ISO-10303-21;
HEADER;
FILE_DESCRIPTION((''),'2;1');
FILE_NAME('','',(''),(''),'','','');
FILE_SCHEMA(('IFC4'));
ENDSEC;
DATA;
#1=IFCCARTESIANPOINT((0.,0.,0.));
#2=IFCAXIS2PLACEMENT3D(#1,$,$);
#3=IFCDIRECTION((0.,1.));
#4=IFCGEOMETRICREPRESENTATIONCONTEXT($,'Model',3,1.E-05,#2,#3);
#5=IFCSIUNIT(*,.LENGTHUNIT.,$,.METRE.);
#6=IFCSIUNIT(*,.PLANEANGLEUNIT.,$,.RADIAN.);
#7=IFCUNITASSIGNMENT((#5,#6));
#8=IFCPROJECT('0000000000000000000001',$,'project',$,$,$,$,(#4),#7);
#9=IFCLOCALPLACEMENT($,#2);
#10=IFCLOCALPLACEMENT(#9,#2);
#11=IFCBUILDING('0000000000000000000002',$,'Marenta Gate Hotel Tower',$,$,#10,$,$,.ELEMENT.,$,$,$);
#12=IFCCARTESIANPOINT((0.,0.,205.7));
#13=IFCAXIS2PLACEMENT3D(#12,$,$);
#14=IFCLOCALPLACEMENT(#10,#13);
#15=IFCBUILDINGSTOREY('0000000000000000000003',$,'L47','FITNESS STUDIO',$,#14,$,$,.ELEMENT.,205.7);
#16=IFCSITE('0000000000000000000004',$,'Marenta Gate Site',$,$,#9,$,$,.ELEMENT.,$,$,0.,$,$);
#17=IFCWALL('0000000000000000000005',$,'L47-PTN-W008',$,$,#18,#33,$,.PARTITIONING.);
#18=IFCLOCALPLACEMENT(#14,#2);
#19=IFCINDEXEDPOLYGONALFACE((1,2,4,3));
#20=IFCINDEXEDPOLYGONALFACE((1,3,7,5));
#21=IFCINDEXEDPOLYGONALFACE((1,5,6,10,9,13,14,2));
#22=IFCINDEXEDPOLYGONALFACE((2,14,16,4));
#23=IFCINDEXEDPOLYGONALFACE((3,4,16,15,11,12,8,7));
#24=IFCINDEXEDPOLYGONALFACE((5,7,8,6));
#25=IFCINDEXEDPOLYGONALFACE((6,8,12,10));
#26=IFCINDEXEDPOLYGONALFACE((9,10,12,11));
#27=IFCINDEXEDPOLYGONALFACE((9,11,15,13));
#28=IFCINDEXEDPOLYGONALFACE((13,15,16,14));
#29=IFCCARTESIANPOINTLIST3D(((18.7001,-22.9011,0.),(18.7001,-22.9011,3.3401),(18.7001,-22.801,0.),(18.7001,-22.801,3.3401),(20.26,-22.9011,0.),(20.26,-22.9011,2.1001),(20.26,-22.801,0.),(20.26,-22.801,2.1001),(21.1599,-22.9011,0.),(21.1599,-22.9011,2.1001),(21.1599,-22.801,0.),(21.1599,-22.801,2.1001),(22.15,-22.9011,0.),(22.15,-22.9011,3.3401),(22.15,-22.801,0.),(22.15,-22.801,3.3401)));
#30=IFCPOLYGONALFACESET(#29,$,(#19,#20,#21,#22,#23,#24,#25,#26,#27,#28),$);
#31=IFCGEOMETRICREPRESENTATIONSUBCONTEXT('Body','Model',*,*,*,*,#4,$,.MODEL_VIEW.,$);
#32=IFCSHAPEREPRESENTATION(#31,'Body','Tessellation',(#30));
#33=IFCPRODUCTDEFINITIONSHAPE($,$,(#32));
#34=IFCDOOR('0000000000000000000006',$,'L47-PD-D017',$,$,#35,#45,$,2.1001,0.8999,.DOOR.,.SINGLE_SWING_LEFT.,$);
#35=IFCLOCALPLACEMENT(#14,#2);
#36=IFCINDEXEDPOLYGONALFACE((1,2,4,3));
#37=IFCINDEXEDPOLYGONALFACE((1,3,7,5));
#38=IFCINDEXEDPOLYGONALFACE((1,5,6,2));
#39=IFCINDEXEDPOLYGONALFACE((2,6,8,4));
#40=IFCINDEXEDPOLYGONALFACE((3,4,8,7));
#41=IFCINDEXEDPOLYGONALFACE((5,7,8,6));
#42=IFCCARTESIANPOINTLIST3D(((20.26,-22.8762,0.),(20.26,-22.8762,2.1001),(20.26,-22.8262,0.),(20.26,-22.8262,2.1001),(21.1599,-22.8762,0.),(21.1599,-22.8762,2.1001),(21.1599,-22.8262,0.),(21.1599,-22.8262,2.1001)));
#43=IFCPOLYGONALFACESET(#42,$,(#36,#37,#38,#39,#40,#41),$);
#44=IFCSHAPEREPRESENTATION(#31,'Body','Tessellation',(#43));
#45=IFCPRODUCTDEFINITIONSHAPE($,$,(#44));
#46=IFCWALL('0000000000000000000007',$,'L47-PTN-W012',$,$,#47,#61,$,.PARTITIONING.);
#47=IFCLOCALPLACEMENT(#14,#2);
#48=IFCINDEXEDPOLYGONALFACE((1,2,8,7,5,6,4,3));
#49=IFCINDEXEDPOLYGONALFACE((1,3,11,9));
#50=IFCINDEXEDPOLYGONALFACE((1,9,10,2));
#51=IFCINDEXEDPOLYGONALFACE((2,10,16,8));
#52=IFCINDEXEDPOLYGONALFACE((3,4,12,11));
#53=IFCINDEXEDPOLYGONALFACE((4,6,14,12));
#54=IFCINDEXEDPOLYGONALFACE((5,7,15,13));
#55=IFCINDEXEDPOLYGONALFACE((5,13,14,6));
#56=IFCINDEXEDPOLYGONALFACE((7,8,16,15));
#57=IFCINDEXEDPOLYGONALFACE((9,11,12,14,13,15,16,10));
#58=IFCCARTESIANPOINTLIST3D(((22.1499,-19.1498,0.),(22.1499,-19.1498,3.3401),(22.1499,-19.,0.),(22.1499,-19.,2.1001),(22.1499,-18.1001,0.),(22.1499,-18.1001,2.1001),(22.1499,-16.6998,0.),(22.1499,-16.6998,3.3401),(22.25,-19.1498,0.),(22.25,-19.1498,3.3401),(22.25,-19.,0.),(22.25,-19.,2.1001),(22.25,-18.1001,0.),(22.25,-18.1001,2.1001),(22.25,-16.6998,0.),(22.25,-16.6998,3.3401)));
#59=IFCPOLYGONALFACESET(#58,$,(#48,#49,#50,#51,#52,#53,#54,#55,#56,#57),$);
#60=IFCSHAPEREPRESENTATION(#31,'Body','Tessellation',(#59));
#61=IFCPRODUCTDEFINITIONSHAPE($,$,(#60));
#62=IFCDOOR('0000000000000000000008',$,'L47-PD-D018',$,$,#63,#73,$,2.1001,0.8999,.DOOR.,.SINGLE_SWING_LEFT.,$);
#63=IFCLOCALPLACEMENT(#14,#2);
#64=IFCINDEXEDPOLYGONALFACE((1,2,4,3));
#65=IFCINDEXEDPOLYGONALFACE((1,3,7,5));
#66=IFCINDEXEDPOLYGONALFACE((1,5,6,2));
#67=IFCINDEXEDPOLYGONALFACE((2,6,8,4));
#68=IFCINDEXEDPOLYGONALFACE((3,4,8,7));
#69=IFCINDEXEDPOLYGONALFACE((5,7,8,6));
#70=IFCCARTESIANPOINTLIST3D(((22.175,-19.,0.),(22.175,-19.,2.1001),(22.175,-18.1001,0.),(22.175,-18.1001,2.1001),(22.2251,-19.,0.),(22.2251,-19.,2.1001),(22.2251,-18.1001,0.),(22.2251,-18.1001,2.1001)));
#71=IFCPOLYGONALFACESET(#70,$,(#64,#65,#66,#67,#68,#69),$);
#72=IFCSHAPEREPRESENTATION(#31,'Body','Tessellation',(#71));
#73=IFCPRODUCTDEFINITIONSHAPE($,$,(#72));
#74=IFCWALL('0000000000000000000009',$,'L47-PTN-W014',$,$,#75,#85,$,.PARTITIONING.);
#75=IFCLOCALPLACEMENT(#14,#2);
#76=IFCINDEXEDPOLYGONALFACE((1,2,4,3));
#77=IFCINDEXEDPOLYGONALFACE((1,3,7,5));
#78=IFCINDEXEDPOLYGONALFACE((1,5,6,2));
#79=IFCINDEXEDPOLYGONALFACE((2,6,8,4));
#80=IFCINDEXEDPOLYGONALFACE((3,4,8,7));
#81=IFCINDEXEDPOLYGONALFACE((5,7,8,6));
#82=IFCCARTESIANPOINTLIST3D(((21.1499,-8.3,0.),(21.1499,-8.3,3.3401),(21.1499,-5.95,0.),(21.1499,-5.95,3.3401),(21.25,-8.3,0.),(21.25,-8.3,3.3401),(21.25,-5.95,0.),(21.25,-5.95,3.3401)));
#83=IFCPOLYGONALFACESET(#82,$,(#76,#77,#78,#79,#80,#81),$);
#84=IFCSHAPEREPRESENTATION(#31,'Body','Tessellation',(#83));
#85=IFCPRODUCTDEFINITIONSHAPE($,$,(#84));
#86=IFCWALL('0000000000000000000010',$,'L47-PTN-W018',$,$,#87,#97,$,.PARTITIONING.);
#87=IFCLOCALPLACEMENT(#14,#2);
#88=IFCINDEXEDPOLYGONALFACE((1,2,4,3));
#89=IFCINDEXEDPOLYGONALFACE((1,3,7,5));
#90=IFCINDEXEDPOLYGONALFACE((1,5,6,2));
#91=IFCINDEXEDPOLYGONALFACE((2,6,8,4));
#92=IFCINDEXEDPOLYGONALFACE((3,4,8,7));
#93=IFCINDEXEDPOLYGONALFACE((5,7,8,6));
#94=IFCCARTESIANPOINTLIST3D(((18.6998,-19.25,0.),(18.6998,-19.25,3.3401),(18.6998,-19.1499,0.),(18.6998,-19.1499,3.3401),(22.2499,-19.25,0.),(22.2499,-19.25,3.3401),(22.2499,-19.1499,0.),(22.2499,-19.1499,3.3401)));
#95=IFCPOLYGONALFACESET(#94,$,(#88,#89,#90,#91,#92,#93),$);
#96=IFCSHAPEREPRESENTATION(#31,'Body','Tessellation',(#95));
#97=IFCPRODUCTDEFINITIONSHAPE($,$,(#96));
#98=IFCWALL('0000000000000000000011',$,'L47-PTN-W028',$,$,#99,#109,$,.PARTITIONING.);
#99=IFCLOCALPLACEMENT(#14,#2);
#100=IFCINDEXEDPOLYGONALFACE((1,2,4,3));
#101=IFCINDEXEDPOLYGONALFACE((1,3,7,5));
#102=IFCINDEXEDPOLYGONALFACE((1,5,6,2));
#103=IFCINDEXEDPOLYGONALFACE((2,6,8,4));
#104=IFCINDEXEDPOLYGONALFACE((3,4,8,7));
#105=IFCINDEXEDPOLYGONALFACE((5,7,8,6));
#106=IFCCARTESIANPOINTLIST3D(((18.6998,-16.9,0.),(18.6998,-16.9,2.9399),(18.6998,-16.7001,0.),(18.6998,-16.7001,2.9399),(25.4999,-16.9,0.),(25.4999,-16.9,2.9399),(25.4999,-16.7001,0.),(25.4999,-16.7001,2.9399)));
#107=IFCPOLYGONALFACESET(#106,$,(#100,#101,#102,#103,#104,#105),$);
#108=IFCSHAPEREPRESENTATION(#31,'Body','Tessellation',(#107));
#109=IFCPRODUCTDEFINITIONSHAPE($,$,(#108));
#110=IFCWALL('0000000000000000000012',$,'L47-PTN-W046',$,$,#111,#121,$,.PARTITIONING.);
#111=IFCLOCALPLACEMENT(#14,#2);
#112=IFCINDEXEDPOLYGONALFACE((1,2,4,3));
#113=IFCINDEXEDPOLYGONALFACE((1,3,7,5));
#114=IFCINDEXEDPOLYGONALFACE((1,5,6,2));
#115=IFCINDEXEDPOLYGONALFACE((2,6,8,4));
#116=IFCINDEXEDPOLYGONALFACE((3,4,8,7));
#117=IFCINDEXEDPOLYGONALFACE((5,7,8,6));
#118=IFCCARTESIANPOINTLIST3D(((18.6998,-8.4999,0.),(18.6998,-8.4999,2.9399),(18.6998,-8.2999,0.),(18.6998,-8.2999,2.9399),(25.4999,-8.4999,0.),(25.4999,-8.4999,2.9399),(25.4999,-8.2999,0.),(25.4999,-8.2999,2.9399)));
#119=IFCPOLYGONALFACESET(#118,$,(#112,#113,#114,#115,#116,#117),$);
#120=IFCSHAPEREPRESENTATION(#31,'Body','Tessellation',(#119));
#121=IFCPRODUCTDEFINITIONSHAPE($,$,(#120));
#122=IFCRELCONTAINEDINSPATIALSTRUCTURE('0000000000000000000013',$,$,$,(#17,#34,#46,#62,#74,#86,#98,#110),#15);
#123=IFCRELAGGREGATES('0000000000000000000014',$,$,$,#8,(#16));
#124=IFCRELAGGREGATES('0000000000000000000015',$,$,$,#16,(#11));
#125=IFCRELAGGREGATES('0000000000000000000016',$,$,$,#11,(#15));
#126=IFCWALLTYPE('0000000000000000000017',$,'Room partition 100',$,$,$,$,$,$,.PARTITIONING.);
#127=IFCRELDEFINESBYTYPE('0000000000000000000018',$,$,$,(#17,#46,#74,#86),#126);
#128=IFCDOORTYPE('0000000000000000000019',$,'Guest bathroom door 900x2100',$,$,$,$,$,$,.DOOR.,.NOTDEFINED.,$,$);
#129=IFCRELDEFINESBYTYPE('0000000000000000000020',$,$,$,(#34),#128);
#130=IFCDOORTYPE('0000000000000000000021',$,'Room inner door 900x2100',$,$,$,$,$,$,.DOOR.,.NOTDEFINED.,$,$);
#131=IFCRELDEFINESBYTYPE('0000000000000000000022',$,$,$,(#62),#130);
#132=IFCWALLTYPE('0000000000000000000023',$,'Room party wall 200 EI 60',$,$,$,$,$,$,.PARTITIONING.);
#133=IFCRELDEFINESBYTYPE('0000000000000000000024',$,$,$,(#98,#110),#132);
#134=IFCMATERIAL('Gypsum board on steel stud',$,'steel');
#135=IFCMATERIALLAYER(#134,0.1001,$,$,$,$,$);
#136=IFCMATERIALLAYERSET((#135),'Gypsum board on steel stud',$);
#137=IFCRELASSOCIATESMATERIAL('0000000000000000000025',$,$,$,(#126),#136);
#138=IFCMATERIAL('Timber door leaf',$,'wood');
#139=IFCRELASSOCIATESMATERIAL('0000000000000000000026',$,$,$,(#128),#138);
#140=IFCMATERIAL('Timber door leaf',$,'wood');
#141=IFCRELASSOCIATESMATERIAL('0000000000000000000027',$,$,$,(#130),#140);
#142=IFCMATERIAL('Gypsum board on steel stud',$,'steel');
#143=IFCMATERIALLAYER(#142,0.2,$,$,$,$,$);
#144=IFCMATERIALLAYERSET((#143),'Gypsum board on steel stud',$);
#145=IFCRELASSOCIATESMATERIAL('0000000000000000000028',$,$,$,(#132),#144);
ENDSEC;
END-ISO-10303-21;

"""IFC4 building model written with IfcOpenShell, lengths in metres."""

from ifc_helpers import new_model, si_unit, direction, frame, frame_2d, origin, place, context, subcontext, project, spatial, rectangle, extrude, material, layer, layer_set, type_object, element, fill, save


model = new_model("IFC4")

# Units and contexts
model_context = context("Model", 3, precision=1e-05, world=origin(), true_north=direction((0.0, 1.0)))
body_context = subcontext(model_context, "Body", "Model", "MODEL_VIEW")
ifc_project = project(units=[si_unit("LENGTHUNIT", "METRE"), si_unit("PLANEANGLEUNIT", "RADIAN")], contexts=[model_context])

# Site, building, storey
site_placement = place(None, origin())
site = spatial("IfcSite", under=ifc_project, at=site_placement, Name="Marenta Gate Site", CompositionType="ELEMENT", RefElevation=0.0)
building_placement = place(site_placement, origin())
building = spatial("IfcBuilding", under=site, at=building_placement, Name="Marenta Gate Hotel Tower", CompositionType="ELEMENT")
storey_placement = place(building_placement, frame((0.0, 0.0, 205.7)))
storey = spatial("IfcBuildingStorey", under=building, at=storey_placement, Name="L47", Description="FITNESS STUDIO", CompositionType="ELEMENT", Elevation=205.7)

# Walls, openings, doors
ifc_material_1 = material(Name="Gypsum board on steel stud", Category="steel")
ifc_layer_1 = layer(ifc_material_1, 0.1001)
ifc_layer_set_1 = layer_set([ifc_layer_1], Name="Gypsum board on steel stud")
wall_type_1 = type_object("IfcWallType", Name="Room partition 100", PredefinedType="PARTITIONING", material=ifc_layer_set_1)
wall_1_placement = place(storey_placement, frame((18.7, -22.8511, 0.0), z_axis=(0.0, 0.0, 1.0), x_axis=(1.0, 0.0, 0.0)))
wall_1 = element("IfcWall", 1, at=wall_1_placement, inside=storey, type_object=wall_type_1, Name="L47-PTN-W008", PredefinedType="PARTITIONING", context=body_context, shape_type="SweptSolid", body=[
    extrude(rectangle(XDim=3.45, YDim=0.1001, at=frame_2d((1.7251, 0.0))), origin(), (0.0, 0.0, 1.0), 3.3401),
])
opening_1_placement = place(wall_1_placement, frame((1.5601, 0.0, 0.0)))
opening_1 = element("IfcOpeningElement", 2, at=opening_1_placement, cuts=wall_1, PredefinedType="OPENING", context=body_context, shape_type="SweptSolid", body=[
    extrude(rectangle(XDim=0.8999, YDim=2.1001, at=frame_2d((0.45, 1.05))), frame((0.0, 0.05, 0.0), z_axis=(0.0, -1.0, 0.0), x_axis=(1.0, 0.0, 0.0)), (0.0, 0.0, 1.0), 0.1001),
])
ifc_material_2 = material(Name="Timber door leaf", Category="wood")
door_type_1 = type_object("IfcDoorType", Name="Guest bathroom door 900x2100", OperationType="NOTDEFINED", PredefinedType="DOOR", material=ifc_material_2)
door_1_placement = place(opening_1_placement, origin())
door_1 = element("IfcDoor", 3, at=door_1_placement, inside=storey, type_object=door_type_1, Name="L47-PD-D017", OperationType="SINGLE_SWING_LEFT", OverallHeight=2.1001, OverallWidth=0.8999, PredefinedType="DOOR", context=body_context, shape_type="SweptSolid", body=[
    extrude(rectangle(XDim=0.8999, YDim=2.1001, at=frame_2d((0.45, 1.05))), frame((0.0, 0.0249, 0.0), z_axis=(0.0, -1.0, 0.0), x_axis=(1.0, 0.0, 0.0)), (0.0, 0.0, 1.0), 0.05),
])
fill(opening_1, door_1)
wall_2_placement = place(storey_placement, frame((22.2, -19.1499, 0.0), z_axis=(0.0, 0.0, 1.0), x_axis=(0.0, 1.0, 0.0)))
wall_2 = element("IfcWall", 4, at=wall_2_placement, inside=storey, type_object=wall_type_1, Name="L47-PTN-W012", PredefinedType="PARTITIONING", context=body_context, shape_type="SweptSolid", body=[
    extrude(rectangle(XDim=2.45, YDim=0.1001, at=frame_2d((1.2251, 0.0))), origin(), (0.0, 0.0, 1.0), 3.3401),
])
opening_2_placement = place(wall_2_placement, frame((0.1499, 0.0, 0.0)))
opening_2 = element("IfcOpeningElement", 5, at=opening_2_placement, cuts=wall_2, PredefinedType="OPENING", context=body_context, shape_type="SweptSolid", body=[
    extrude(rectangle(XDim=0.8999, YDim=2.1001, at=frame_2d((0.45, 1.05))), frame((0.0, 0.05, 0.0), z_axis=(0.0, -1.0, 0.0), x_axis=(1.0, 0.0, 0.0)), (0.0, 0.0, 1.0), 0.1001),
])
ifc_material_3 = material(Name="Timber door leaf", Category="wood")
door_type_2 = type_object("IfcDoorType", Name="Room inner door 900x2100", OperationType="NOTDEFINED", PredefinedType="DOOR", material=ifc_material_3)
door_2_placement = place(opening_2_placement, origin())
door_2 = element("IfcDoor", 6, at=door_2_placement, inside=storey, type_object=door_type_2, Name="L47-PD-D018", OperationType="SINGLE_SWING_LEFT", OverallHeight=2.1001, OverallWidth=0.8999, PredefinedType="DOOR", context=body_context, shape_type="SweptSolid", body=[
    extrude(rectangle(XDim=0.8999, YDim=2.1001, at=frame_2d((0.45, 1.05))), frame((0.0, 0.0249, 0.0), z_axis=(0.0, -1.0, 0.0), x_axis=(1.0, 0.0, 0.0)), (0.0, 0.0, 1.0), 0.05),
])
fill(opening_2, door_2)

# Walls
wall_3_placement = place(storey_placement, frame((21.2, -8.3, 0.0), z_axis=(0.0, 0.0, 1.0), x_axis=(0.0, 1.0, 0.0)))
element("IfcWall", 7, at=wall_3_placement, inside=storey, type_object=wall_type_1, Name="L47-PTN-W014", PredefinedType="PARTITIONING", context=body_context, shape_type="SweptSolid", body=[
    extrude(rectangle(XDim=2.3501, YDim=0.1001, at=frame_2d((1.175, 0.0))), origin(), (0.0, 0.0, 1.0), 3.3401),
])
wall_4_placement = place(storey_placement, frame((18.7, -19.2, 0.0), z_axis=(0.0, 0.0, 1.0), x_axis=(1.0, 0.0, 0.0)))
element("IfcWall", 8, at=wall_4_placement, inside=storey, type_object=wall_type_1, Name="L47-PTN-W018", PredefinedType="PARTITIONING", context=body_context, shape_type="SweptSolid", body=[
    extrude(rectangle(XDim=3.55, YDim=0.1001, at=frame_2d((1.7749, 0.0))), origin(), (0.0, 0.0, 1.0), 3.3401),
])
ifc_material_4 = material(Name="Gypsum board on steel stud", Category="steel")
ifc_layer_2 = layer(ifc_material_4, 0.2)
ifc_layer_set_2 = layer_set([ifc_layer_2], Name="Gypsum board on steel stud")
wall_type_2 = type_object("IfcWallType", Name="Room party wall 200 EI 60", PredefinedType="PARTITIONING", material=ifc_layer_set_2)
for number, where, z_axis, x_axis, name in (
    (9, (18.7, -16.8, 0.0), (0.0, 0.0, 1.0), (1.0, 0.0, 0.0), "L47-PTN-W028"),
    (10, (18.7, -8.3999, 0.0), (0.0, 0.0, 1.0), (1.0, 0.0, 0.0), "L47-PTN-W046"),
):
    element("IfcWall", number, at=place(storey_placement, frame(where, z_axis=z_axis, x_axis=x_axis)), inside=storey, type_object=wall_type_2, Name=name, PredefinedType="PARTITIONING", context=body_context, shape_type="SweptSolid", body=[
        extrude(rectangle(XDim=6.8, YDim=0.2, at=frame_2d((3.3999, 0.0))), origin(), (0.0, 0.0, 1.0), 2.9399),
    ])

save(model, "model.ifc")
